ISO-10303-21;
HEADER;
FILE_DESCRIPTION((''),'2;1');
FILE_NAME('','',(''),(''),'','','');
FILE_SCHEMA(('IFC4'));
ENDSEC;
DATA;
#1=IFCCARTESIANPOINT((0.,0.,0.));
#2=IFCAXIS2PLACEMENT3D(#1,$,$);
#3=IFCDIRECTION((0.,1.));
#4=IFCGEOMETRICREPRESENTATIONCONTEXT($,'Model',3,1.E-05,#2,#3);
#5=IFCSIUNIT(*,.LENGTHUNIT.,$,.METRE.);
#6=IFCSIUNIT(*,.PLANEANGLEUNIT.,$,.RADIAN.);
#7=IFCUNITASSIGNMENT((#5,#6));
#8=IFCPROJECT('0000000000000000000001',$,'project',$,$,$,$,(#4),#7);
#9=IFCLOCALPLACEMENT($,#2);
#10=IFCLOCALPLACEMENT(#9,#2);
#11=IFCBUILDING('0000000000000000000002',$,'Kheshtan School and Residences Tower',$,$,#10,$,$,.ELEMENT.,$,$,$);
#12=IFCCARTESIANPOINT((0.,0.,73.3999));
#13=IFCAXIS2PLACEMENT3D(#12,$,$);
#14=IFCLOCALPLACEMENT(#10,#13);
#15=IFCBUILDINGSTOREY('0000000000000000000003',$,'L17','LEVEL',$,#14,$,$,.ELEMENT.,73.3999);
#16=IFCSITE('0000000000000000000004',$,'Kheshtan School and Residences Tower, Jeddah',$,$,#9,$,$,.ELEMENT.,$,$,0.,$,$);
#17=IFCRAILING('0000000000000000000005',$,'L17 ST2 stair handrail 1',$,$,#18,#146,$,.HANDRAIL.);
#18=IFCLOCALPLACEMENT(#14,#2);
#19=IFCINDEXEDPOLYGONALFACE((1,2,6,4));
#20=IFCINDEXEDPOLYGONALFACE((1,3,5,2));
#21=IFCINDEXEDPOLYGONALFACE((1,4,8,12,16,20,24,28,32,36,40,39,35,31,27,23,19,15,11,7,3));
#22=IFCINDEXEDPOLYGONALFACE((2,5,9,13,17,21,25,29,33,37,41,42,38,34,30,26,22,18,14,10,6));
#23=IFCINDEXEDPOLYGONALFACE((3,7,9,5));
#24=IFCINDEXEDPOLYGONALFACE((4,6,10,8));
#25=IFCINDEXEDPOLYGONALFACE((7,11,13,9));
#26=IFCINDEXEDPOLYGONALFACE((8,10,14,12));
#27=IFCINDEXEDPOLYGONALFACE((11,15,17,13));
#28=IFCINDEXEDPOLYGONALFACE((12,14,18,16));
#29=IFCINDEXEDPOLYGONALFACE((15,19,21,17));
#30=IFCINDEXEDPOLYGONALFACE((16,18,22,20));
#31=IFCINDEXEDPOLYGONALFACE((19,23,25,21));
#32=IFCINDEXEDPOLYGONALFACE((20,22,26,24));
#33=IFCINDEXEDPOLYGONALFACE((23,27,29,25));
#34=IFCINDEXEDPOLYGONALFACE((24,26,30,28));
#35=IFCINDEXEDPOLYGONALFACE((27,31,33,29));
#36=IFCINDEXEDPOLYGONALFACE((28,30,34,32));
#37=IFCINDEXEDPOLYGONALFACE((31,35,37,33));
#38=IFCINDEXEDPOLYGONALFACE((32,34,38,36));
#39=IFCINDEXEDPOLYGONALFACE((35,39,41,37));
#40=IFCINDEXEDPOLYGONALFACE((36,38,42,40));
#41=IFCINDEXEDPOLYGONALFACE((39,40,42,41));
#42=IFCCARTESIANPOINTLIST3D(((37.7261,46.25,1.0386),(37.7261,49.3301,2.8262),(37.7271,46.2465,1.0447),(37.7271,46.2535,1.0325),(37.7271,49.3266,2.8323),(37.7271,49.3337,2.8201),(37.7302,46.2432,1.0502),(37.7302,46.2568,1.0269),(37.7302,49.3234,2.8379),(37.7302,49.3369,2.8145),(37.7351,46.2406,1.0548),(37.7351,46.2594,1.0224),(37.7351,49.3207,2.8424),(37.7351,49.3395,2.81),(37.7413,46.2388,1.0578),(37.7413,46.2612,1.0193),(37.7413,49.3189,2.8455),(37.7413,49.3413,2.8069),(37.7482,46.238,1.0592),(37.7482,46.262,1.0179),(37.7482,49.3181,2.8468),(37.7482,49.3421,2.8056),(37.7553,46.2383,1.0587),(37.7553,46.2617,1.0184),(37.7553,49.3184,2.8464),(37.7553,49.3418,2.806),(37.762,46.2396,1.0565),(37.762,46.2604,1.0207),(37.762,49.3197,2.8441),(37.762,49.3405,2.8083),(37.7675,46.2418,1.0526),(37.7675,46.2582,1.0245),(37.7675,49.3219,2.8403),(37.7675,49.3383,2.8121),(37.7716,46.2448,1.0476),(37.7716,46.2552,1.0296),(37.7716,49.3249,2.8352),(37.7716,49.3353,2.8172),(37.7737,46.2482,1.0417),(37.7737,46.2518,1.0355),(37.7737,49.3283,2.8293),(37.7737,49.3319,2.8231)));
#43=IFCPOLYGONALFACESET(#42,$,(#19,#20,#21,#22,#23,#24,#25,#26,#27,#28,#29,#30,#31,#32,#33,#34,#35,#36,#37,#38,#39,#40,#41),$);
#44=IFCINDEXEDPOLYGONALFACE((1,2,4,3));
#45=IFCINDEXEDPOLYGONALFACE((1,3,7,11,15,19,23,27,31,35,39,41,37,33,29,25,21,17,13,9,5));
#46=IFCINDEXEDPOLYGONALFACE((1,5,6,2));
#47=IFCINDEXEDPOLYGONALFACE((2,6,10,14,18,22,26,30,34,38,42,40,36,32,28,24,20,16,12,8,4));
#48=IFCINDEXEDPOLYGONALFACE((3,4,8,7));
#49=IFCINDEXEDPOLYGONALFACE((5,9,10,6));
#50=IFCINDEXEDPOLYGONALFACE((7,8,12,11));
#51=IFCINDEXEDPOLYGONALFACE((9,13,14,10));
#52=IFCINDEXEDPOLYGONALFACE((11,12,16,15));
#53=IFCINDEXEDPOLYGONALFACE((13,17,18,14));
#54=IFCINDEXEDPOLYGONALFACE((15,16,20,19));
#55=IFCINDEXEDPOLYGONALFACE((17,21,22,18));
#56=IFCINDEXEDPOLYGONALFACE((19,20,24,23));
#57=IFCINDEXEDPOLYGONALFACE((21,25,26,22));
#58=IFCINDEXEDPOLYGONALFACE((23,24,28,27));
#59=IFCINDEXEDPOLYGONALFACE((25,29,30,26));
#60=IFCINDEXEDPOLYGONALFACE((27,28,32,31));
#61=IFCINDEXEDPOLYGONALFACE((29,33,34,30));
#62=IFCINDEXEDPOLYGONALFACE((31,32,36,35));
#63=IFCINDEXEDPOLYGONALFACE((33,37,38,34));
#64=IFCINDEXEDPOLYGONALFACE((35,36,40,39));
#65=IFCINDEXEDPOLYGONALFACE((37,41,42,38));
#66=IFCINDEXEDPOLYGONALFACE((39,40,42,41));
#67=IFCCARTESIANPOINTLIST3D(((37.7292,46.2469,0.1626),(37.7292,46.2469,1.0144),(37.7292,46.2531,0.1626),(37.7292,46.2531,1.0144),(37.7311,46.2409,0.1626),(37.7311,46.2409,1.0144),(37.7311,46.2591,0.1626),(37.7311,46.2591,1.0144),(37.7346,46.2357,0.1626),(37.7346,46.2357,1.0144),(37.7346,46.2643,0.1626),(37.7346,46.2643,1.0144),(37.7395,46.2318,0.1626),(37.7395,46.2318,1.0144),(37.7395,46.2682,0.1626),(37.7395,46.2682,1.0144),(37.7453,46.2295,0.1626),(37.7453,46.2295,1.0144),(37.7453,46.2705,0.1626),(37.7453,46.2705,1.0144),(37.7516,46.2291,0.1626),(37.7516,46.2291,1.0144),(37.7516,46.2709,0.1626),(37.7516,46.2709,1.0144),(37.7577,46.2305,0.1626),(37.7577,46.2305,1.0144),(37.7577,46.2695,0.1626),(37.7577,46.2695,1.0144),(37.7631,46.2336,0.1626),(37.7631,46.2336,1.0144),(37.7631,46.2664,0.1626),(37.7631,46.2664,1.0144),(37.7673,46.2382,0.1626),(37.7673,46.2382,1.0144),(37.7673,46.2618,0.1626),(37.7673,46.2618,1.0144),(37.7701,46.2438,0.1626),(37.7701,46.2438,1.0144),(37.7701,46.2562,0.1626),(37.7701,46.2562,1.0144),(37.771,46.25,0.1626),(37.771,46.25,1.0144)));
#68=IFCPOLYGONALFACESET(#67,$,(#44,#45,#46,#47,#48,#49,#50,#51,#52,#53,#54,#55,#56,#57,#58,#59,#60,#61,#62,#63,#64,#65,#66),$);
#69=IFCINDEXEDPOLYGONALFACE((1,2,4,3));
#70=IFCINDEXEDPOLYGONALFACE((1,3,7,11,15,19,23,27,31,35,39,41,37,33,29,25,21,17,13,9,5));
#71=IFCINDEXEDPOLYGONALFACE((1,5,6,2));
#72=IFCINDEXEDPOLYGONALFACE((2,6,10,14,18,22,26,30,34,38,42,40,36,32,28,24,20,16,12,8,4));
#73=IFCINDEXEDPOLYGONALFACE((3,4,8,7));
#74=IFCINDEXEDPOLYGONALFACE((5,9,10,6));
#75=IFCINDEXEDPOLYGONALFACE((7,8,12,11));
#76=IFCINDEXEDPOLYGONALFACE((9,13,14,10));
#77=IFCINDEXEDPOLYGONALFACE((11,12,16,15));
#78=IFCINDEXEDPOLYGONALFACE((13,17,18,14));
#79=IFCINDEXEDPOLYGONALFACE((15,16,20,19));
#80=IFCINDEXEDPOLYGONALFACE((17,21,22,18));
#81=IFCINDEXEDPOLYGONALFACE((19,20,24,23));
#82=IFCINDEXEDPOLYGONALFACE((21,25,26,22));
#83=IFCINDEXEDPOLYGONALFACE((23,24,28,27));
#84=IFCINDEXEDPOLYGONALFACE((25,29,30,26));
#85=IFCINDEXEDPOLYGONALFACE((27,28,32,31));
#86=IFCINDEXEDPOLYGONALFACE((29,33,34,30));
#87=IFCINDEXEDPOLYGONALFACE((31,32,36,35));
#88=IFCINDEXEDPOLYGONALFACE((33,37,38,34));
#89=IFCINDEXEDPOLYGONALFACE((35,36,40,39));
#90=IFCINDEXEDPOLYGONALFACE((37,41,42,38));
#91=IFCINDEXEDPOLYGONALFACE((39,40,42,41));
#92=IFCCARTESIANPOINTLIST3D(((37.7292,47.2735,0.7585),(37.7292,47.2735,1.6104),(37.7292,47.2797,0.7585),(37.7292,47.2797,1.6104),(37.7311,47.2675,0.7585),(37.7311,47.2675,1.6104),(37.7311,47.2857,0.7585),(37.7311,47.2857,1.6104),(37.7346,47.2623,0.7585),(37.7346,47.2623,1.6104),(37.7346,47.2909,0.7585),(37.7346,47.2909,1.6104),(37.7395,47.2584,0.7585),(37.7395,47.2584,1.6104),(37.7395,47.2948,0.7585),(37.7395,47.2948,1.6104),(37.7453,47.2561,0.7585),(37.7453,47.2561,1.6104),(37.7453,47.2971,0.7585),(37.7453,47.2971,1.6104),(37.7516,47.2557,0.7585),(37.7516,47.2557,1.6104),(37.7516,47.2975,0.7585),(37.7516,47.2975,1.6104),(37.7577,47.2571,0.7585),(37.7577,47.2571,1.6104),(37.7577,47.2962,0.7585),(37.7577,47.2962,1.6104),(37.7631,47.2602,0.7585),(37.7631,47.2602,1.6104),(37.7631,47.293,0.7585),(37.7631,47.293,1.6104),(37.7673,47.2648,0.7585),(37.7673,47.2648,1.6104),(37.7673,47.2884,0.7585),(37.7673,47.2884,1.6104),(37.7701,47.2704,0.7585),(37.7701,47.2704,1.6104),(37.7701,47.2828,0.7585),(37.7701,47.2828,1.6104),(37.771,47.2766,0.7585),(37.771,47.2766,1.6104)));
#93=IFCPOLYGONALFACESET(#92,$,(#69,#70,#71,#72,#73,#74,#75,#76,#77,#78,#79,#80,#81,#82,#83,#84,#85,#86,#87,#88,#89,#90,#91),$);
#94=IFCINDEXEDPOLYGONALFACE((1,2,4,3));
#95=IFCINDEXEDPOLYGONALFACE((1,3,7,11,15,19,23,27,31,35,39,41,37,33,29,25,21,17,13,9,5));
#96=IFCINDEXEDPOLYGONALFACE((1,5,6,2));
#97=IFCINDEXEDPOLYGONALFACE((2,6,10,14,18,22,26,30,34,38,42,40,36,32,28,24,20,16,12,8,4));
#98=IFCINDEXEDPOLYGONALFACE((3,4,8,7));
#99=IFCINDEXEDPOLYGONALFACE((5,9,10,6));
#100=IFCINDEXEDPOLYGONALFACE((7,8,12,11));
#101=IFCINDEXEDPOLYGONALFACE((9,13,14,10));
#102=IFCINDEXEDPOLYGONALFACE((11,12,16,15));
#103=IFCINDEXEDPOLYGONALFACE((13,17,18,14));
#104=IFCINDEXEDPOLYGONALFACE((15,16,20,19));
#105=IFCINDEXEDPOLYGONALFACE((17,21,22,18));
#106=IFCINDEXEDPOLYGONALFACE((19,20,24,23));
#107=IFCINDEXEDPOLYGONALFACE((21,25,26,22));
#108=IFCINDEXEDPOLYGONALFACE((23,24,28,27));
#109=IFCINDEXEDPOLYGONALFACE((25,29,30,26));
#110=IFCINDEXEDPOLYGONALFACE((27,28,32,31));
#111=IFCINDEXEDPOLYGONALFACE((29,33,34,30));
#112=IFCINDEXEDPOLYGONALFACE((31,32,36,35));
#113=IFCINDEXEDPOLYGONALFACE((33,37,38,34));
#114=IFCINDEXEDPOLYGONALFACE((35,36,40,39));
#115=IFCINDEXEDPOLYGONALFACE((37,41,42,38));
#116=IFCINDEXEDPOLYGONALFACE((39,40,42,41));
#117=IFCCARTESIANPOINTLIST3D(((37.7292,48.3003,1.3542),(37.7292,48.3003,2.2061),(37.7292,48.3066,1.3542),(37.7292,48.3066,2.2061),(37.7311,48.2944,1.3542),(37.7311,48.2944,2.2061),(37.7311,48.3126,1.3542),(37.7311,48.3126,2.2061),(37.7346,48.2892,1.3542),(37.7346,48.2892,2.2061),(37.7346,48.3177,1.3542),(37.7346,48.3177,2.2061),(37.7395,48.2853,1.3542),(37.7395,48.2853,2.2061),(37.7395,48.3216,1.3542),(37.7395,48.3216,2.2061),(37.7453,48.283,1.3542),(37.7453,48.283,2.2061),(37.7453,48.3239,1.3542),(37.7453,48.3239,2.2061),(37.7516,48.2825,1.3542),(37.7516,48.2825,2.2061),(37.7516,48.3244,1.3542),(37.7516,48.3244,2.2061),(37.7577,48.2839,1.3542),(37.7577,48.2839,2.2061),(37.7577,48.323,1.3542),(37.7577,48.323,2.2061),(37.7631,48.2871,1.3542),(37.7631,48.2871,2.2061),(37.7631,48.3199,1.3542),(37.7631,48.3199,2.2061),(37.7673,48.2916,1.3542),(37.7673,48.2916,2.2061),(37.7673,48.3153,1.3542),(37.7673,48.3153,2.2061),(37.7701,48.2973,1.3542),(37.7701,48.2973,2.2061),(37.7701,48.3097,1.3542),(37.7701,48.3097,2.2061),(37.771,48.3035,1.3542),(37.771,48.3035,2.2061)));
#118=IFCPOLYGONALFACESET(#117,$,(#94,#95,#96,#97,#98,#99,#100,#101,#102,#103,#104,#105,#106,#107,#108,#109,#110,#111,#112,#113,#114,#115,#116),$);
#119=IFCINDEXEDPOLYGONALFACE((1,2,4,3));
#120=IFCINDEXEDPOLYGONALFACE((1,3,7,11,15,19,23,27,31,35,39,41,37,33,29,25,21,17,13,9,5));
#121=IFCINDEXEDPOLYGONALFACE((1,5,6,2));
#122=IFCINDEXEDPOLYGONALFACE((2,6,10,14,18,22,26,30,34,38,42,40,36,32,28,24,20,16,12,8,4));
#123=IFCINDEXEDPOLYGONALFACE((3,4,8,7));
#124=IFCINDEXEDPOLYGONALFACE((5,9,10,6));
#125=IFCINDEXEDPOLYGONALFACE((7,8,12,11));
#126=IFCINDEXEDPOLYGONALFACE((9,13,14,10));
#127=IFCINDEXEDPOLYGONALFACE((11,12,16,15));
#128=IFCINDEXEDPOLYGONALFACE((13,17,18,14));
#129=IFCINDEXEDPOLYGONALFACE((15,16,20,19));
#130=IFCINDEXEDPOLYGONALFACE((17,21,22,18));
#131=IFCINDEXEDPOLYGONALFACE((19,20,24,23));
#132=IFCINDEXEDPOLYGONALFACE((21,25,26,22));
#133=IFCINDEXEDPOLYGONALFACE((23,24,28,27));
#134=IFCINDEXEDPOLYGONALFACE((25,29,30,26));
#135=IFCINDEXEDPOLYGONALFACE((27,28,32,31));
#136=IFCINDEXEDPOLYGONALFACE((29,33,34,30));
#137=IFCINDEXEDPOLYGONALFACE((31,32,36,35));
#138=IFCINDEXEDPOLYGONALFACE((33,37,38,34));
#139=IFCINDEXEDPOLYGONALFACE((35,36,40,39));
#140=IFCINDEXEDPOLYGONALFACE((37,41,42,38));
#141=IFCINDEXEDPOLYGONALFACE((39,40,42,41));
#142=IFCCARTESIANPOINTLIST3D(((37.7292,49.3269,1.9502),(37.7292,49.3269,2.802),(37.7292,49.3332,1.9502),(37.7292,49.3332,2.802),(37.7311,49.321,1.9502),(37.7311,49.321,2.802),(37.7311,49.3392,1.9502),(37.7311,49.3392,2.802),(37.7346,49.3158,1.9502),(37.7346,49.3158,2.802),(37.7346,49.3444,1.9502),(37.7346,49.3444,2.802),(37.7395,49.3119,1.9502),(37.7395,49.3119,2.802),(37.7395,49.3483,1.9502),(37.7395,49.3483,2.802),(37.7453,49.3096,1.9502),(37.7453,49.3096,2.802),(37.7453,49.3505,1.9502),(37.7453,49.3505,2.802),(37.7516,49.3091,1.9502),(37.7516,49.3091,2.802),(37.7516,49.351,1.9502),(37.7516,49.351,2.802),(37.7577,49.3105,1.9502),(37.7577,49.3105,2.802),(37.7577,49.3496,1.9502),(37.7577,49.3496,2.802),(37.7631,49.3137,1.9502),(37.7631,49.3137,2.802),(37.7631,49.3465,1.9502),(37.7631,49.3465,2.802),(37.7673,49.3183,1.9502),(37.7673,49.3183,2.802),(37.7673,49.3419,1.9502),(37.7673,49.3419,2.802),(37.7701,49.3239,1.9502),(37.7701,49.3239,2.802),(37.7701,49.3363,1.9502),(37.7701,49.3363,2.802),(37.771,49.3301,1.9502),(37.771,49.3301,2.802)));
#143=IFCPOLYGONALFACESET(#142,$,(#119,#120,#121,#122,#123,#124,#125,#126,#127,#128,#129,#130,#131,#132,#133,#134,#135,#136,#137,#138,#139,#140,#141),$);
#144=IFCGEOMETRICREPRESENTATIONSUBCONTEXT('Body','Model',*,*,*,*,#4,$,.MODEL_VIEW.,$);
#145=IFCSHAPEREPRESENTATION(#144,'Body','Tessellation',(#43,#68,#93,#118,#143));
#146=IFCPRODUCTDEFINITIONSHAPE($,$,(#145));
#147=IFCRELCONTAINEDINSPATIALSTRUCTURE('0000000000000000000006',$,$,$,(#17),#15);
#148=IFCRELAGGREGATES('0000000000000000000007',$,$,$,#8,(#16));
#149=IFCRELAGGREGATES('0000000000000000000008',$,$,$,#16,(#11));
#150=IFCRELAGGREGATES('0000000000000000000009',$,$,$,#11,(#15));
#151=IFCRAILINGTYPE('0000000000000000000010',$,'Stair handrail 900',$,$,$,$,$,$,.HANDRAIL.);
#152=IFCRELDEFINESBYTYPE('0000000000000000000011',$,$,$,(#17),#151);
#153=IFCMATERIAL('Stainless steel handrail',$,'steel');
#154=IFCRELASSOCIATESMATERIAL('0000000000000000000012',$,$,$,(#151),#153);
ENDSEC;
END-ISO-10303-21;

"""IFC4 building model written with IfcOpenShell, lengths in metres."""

from ifc_helpers import new_model, si_unit, direction, frame, origin, origin_2d, place, context, subcontext, project, spatial, circle, extrude, material, type_object, element, save


model = new_model("IFC4")

# Units and contexts
model_context = context("Model", 3, precision=1e-05, world=origin(), true_north=direction((0.0, 1.0)))
body_context = subcontext(model_context, "Body", "Model", "MODEL_VIEW")
ifc_project = project(units=[si_unit("LENGTHUNIT", "METRE"), si_unit("PLANEANGLEUNIT", "RADIAN")], contexts=[model_context])

# Site, building, storey
site_placement = place(None, origin())
site = spatial("IfcSite", under=ifc_project, at=site_placement, Name="Kheshtan School and Residences Tower, Jeddah", CompositionType="ELEMENT", RefElevation=0.0)
building_placement = place(site_placement, origin())
building = spatial("IfcBuilding", under=site, at=building_placement, Name="Kheshtan School and Residences Tower", CompositionType="ELEMENT")
storey_placement = place(building_placement, frame((0.0, 0.0, 73.3999)))
storey = spatial("IfcBuildingStorey", under=building, at=storey_placement, Name="L17", Description="LEVEL", CompositionType="ELEMENT", Elevation=73.3999)

# Railing
ifc_material_1 = material(Name="Stainless steel handrail", Category="steel")
railing_type = type_object("IfcRailingType", Name="Stair handrail 900", PredefinedType="HANDRAIL", material=ifc_material_1)
railing_placement = place(storey_placement, frame((37.75, 46.25, 0.1626)))
element("IfcRailing", 1, at=railing_placement, inside=storey, type_object=railing_type, Name="L17 ST2 stair handrail 1", PredefinedType="HANDRAIL", context=body_context, shape_type="SweptSolid", body=[
    extrude(circle(Radius=0.0239, at=origin_2d()), frame((0.0, 0.0, 0.876), z_axis=(0.0, 0.864891, 0.50196), x_axis=(-1.0, 0.0, 0.0)), (0.0, 0.0, 1.0), 3.5613),
    extrude(circle(Radius=0.021, at=origin_2d()), origin(), (0.0, 0.0, 1.0), 0.8518),
    extrude(circle(Radius=0.021, at=origin_2d()), frame((0.0, 1.0266, 0.5959)), (0.0, 0.0, 1.0), 0.8518),
    extrude(circle(Radius=0.021, at=origin_2d()), frame((0.0, 2.0535, 1.1917)), (0.0, 0.0, 1.0), 0.8518),
    extrude(circle(Radius=0.021, at=origin_2d()), frame((0.0, 3.0801, 1.7876)), (0.0, 0.0, 1.0), 0.8518),
])

save(model, "model.ifc")
